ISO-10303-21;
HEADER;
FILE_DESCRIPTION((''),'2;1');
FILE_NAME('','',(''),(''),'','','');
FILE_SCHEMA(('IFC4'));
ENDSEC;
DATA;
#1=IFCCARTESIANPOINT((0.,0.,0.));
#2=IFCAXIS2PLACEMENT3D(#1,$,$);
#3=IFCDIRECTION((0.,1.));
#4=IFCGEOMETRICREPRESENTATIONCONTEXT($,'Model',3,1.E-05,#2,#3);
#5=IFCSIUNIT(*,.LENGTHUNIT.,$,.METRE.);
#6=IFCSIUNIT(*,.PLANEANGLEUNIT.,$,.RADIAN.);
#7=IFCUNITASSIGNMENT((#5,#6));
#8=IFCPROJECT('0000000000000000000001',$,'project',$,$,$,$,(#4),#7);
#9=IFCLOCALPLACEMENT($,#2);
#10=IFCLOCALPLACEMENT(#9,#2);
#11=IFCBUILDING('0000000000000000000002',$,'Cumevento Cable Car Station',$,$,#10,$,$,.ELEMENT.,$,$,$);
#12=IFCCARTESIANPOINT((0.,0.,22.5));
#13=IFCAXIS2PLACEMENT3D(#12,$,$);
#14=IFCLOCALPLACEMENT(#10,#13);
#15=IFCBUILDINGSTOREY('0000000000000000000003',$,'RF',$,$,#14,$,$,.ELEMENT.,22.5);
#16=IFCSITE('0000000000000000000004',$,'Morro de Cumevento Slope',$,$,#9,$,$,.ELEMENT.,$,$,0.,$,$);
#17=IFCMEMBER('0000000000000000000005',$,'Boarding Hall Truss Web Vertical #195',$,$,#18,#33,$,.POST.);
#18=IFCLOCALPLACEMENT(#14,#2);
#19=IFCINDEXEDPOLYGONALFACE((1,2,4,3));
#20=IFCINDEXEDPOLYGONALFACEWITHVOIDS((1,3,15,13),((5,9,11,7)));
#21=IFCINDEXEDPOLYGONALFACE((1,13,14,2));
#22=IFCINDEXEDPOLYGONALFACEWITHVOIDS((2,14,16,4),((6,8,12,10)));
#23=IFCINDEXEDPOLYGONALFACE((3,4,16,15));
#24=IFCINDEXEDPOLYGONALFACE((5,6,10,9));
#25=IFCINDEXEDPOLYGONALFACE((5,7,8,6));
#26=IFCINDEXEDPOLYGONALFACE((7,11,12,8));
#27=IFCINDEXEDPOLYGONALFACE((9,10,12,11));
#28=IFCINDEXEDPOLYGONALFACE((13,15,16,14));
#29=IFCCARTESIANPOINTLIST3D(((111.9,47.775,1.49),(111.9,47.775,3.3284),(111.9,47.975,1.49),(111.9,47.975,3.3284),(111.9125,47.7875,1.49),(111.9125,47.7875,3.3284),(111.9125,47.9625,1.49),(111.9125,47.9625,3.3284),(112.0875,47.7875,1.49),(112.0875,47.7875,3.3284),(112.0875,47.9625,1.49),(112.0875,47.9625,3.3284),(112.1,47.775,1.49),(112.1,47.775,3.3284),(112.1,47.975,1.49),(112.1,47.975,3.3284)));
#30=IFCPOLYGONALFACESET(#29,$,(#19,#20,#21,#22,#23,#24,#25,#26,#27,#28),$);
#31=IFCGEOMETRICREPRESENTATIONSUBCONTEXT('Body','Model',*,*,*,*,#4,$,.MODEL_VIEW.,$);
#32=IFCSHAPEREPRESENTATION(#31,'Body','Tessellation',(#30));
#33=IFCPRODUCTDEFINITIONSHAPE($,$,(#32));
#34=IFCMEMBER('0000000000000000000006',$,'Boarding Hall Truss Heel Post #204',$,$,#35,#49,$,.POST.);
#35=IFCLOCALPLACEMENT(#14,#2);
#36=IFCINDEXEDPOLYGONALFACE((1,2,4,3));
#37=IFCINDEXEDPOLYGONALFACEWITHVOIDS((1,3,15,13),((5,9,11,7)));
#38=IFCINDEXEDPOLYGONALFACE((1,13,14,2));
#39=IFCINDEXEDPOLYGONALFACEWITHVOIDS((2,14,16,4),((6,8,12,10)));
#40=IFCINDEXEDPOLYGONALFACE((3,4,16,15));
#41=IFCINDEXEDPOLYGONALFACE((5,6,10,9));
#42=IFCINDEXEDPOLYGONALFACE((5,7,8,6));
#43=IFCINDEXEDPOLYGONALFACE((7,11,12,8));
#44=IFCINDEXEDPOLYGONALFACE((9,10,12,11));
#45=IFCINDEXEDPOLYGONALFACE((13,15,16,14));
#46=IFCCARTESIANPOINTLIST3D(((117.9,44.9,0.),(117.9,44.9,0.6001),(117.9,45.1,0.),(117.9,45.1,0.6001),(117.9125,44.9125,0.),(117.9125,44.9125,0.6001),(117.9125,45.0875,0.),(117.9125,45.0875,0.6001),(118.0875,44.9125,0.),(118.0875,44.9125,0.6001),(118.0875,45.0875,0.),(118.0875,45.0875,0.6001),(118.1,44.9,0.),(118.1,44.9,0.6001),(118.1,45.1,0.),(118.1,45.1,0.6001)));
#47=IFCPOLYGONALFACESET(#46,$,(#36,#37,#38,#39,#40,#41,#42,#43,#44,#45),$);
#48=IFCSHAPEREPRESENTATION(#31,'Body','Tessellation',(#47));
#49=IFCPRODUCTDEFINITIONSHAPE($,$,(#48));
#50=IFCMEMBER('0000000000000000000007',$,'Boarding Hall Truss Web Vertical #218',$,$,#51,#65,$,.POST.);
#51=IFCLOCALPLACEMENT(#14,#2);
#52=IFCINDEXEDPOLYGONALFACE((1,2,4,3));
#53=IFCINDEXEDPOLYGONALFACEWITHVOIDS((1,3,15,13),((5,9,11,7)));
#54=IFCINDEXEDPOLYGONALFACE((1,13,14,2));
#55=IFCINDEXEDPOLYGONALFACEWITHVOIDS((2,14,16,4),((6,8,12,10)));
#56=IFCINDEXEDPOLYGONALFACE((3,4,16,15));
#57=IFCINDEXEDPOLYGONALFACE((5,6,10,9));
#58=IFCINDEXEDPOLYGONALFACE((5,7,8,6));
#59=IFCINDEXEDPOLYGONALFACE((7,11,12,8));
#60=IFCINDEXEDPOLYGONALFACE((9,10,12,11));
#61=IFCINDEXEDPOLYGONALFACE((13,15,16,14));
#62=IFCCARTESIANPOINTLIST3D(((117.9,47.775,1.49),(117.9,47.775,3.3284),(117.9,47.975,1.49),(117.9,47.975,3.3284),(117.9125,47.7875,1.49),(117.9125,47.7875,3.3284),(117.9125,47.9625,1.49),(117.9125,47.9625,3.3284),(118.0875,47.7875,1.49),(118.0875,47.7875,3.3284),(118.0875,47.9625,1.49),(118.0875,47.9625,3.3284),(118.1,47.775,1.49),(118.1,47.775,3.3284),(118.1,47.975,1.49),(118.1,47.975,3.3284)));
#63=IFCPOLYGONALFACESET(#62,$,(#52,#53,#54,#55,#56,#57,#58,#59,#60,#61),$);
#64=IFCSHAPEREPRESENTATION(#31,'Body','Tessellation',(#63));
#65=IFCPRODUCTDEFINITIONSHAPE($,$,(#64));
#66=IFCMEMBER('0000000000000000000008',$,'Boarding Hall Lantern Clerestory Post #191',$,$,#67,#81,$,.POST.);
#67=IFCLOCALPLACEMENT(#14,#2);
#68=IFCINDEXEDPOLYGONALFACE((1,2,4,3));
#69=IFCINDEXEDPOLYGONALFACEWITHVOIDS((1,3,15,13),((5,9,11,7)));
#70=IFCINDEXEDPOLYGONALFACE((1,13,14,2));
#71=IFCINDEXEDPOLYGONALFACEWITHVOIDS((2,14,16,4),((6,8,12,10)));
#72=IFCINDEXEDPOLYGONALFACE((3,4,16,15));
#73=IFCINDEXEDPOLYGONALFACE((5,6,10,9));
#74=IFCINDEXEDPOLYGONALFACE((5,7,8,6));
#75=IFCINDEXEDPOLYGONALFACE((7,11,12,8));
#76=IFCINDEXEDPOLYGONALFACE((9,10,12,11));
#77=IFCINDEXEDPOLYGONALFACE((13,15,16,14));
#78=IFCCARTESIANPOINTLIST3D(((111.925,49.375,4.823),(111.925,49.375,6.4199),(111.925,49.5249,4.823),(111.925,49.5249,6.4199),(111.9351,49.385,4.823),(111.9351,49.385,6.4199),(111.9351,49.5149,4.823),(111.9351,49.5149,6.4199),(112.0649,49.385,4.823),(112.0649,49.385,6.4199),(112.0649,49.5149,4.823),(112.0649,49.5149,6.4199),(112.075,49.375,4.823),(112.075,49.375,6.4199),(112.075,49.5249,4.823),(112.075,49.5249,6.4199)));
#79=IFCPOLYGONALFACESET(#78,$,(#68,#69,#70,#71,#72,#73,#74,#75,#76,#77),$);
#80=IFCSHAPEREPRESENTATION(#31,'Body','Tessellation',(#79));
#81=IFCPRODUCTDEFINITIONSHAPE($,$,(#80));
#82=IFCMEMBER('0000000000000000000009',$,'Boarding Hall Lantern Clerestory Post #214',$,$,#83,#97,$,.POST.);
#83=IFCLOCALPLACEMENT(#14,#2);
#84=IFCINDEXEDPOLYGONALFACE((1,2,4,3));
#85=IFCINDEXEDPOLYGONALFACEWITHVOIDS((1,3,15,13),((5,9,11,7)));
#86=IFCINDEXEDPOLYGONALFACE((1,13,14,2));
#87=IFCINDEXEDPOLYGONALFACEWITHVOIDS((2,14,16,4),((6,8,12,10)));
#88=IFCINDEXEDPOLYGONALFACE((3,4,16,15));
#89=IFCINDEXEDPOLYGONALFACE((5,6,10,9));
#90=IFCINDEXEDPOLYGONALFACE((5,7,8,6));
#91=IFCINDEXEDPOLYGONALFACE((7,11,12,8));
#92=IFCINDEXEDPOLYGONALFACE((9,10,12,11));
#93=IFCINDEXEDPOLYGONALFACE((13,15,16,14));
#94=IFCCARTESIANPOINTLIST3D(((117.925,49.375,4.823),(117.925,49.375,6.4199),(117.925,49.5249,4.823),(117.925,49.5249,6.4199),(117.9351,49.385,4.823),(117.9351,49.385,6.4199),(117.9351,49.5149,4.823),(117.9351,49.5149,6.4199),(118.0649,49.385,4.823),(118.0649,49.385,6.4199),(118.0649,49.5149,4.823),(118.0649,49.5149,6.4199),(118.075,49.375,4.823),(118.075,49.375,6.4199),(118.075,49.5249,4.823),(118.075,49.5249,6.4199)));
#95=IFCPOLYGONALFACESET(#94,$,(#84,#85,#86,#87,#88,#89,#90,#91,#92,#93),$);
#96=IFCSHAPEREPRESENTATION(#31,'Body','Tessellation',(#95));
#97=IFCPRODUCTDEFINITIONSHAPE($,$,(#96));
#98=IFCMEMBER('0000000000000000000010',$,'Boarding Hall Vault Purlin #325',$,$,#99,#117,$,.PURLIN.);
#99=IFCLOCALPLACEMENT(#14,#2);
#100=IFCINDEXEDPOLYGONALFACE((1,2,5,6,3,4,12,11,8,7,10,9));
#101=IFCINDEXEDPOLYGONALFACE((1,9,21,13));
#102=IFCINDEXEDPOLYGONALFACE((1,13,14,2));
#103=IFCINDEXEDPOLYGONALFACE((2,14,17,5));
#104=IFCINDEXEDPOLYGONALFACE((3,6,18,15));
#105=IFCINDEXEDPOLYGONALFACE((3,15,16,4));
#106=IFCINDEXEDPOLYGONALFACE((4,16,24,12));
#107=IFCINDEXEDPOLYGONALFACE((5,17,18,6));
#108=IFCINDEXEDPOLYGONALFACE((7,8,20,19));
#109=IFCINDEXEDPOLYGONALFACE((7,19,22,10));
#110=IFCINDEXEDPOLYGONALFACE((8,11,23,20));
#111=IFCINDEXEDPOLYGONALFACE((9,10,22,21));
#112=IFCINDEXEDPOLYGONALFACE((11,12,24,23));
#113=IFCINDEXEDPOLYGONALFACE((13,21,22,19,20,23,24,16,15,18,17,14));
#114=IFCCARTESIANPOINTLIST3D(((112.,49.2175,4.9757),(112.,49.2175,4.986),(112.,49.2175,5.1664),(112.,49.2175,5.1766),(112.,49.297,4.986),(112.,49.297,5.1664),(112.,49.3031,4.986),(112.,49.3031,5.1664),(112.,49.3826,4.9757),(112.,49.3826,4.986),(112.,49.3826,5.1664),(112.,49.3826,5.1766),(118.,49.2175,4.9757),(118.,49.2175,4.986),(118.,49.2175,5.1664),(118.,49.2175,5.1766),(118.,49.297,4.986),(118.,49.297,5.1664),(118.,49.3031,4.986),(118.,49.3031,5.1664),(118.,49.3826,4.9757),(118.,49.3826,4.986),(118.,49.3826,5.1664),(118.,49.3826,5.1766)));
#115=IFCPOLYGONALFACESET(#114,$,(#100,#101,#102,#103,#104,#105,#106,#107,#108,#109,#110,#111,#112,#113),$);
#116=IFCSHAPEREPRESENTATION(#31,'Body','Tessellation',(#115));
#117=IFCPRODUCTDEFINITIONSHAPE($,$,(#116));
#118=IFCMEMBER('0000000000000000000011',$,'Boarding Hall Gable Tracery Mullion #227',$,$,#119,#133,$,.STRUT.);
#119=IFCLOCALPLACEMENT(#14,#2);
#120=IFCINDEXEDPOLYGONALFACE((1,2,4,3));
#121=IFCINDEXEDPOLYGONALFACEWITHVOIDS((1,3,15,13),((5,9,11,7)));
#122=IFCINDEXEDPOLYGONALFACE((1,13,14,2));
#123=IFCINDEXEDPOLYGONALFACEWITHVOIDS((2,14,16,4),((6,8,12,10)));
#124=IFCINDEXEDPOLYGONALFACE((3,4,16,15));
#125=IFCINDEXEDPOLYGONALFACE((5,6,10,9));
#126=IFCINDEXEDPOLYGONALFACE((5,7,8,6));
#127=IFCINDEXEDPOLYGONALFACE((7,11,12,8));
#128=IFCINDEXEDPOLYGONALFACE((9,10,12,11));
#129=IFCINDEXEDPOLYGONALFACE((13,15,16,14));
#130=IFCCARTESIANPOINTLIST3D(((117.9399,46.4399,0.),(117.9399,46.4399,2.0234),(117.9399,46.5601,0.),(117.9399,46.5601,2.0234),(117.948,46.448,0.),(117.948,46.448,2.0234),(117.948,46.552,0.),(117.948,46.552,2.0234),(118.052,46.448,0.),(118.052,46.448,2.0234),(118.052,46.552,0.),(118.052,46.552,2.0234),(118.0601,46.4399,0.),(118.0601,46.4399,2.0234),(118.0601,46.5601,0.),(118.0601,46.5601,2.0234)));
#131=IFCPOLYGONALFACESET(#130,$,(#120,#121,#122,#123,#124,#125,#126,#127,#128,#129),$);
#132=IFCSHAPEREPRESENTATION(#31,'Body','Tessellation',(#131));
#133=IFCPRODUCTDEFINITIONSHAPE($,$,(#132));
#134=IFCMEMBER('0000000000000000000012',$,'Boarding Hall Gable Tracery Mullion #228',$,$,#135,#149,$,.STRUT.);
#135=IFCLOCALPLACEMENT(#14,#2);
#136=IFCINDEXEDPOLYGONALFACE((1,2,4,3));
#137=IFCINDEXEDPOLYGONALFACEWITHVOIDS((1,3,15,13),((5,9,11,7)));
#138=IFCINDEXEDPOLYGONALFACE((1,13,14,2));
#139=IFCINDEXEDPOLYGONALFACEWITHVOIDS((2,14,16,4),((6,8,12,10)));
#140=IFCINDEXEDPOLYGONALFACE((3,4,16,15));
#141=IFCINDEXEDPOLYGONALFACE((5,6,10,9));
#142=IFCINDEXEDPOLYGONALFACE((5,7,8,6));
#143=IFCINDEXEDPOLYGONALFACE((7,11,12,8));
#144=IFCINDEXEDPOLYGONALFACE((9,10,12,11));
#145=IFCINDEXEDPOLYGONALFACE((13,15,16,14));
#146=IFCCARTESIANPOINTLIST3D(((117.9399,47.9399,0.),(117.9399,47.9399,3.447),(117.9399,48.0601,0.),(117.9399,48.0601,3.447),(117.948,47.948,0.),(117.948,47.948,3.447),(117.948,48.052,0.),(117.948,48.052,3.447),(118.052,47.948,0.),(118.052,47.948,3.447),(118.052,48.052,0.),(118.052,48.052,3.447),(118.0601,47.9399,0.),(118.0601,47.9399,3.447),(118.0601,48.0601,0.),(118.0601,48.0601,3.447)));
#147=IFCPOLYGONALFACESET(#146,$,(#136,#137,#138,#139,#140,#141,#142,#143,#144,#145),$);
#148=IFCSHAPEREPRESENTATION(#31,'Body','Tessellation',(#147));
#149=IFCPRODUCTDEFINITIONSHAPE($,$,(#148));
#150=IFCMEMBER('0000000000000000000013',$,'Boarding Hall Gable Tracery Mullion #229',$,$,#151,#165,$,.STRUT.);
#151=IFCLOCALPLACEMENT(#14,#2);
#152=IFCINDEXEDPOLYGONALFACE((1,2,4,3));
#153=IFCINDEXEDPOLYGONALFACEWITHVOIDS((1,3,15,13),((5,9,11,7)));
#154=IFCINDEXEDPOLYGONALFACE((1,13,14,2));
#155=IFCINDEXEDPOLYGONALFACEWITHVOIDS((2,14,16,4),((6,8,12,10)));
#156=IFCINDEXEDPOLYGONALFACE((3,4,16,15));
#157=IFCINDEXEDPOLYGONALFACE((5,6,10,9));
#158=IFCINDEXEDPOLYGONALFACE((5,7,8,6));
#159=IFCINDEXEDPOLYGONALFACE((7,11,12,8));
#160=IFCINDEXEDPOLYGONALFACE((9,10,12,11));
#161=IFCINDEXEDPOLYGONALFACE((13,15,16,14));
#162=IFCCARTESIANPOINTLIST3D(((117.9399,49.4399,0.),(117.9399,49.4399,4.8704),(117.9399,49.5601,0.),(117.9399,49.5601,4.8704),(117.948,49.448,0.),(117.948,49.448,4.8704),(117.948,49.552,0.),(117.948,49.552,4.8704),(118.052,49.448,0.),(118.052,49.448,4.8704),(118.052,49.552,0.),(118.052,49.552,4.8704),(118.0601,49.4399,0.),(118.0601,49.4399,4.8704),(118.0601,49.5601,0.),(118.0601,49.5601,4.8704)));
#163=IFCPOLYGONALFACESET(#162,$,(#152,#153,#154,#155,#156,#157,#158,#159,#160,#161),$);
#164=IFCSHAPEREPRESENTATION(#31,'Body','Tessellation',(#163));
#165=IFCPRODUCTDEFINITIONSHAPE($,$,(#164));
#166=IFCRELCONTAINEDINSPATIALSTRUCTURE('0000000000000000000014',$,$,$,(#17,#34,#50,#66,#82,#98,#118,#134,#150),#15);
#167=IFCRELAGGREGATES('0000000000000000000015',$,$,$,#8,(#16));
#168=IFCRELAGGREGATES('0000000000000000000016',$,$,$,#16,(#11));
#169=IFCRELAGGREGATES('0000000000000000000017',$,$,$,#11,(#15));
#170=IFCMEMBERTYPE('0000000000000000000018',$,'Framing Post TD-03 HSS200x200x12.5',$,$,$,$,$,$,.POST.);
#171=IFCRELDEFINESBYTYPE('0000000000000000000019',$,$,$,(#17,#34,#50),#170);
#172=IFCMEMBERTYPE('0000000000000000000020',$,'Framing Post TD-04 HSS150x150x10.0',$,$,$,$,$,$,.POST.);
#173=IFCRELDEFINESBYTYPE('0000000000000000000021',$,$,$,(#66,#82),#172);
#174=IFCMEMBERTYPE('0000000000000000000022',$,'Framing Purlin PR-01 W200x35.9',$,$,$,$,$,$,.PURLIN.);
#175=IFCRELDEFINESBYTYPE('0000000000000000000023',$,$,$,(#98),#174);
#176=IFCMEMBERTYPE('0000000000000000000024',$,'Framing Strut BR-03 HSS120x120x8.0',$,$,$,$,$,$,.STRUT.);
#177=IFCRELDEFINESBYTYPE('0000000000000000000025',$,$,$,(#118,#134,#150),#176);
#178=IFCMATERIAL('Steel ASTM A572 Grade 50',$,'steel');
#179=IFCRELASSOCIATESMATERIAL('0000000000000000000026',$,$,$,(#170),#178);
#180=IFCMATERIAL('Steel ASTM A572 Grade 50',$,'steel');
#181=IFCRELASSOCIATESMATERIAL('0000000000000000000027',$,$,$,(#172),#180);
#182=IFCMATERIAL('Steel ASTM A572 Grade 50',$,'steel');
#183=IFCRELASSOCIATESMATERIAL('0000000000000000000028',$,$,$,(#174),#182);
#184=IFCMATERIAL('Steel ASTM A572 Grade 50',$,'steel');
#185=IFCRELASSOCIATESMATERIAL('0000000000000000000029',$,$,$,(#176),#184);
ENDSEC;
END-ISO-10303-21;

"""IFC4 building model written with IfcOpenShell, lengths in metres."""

from ifc_helpers import new_model, si_unit, direction, frame, origin, origin_2d, place, context, subcontext, project, spatial, hollow_rectangle, i_section, extrude, material, material_profile, profile_set, type_object, element, save


model = new_model("IFC4")

# Units and contexts
model_context = context("Model", 3, precision=1e-05, world=origin(), true_north=direction((0.0, 1.0)))
body_context = subcontext(model_context, "Body", "Model", "MODEL_VIEW")
ifc_project = project(units=[si_unit("LENGTHUNIT", "METRE"), si_unit("PLANEANGLEUNIT", "RADIAN")], contexts=[model_context])

# Site, building, storey
site_placement = place(None, origin())
site = spatial("IfcSite", under=ifc_project, at=site_placement, Name="Morro de Cumevento Slope", CompositionType="ELEMENT", RefElevation=0.0)
building_placement = place(site_placement, origin())
building = spatial("IfcBuilding", under=site, at=building_placement, Name="Cumevento Cable Car Station", CompositionType="ELEMENT")
storey_placement = place(building_placement, frame((0.0, 0.0, 22.5)))
storey = spatial("IfcBuildingStorey", under=building, at=storey_placement, Name="RF", CompositionType="ELEMENT", Elevation=22.5)

# Members
ifc_material_1 = material(Name="Steel ASTM A572 Grade 50", Category="steel")
ifc_material_profile_1 = material_profile(ifc_material_1, hollow_rectangle(XDim=0.2, YDim=0.2, WallThickness=0.0125, at=origin_2d()), Name="HSS200x200x12.5")
ifc_profile_set_1 = profile_set([ifc_material_profile_1], Name="Steel ASTM A572 Grade 50")
member_type_1 = type_object("IfcMemberType", Name="Framing Post TD-03 HSS200x200x12.5", PredefinedType="POST", material=ifc_profile_set_1)
member_1_placement = place(storey_placement, frame((112.0, 47.875, 1.49), z_axis=(0.0, 0.0, 1.0), x_axis=(1.0, 0.0, 0.0)))
element("IfcMember", 1, at=member_1_placement, inside=storey, type_object=member_type_1, Name="Boarding Hall Truss Web Vertical #195", PredefinedType="POST", context=body_context, shape_type="SweptSolid", body=[
    extrude(hollow_rectangle(XDim=0.2, YDim=0.2, WallThickness=0.0125, at=origin_2d()), origin(), (0.0, 0.0, 1.0), 1.8384),
])
member_2_placement = place(storey_placement, frame((118.0, 45.0, 0.0), z_axis=(0.0, 0.0, 1.0), x_axis=(1.0, 0.0, 0.0)))
element("IfcMember", 2, at=member_2_placement, inside=storey, type_object=member_type_1, Name="Boarding Hall Truss Heel Post #204", PredefinedType="POST", context=body_context, shape_type="SweptSolid", body=[
    extrude(hollow_rectangle(XDim=0.2, YDim=0.2, WallThickness=0.0125, at=origin_2d()), origin(), (0.0, 0.0, 1.0), 0.6001),
])
member_3_placement = place(storey_placement, frame((118.0, 47.875, 1.49), z_axis=(0.0, 0.0, 1.0), x_axis=(1.0, 0.0, 0.0)))
element("IfcMember", 3, at=member_3_placement, inside=storey, type_object=member_type_1, Name="Boarding Hall Truss Web Vertical #218", PredefinedType="POST", context=body_context, shape_type="SweptSolid", body=[
    extrude(hollow_rectangle(XDim=0.2, YDim=0.2, WallThickness=0.0125, at=origin_2d()), origin(), (0.0, 0.0, 1.0), 1.8384),
])
ifc_material_2 = material(Name="Steel ASTM A572 Grade 50", Category="steel")
ifc_material_profile_2 = material_profile(ifc_material_2, hollow_rectangle(XDim=0.1499, YDim=0.1499, WallThickness=0.01, at=origin_2d()), Name="HSS150x150x10.0")
ifc_profile_set_2 = profile_set([ifc_material_profile_2], Name="Steel ASTM A572 Grade 50")
member_type_2 = type_object("IfcMemberType", Name="Framing Post TD-04 HSS150x150x10.0", PredefinedType="POST", material=ifc_profile_set_2)
for number, where, z_axis, x_axis, name in (
    (4, (112.0, 49.45, 4.823), (0.0, 0.0, 1.0), (1.0, 0.0, 0.0), "Boarding Hall Lantern Clerestory Post #191"),
    (5, (118.0, 49.45, 4.823), (0.0, 0.0, 1.0), (1.0, 0.0, 0.0), "Boarding Hall Lantern Clerestory Post #214"),
):
    element("IfcMember", number, at=place(storey_placement, frame(where, z_axis=z_axis, x_axis=x_axis)), inside=storey, type_object=member_type_2, Name=name, PredefinedType="POST", context=body_context, shape_type="SweptSolid", body=[
        extrude(hollow_rectangle(XDim=0.1499, YDim=0.1499, WallThickness=0.01, at=origin_2d()), origin(), (0.0, 0.0, 1.0), 1.5969),
    ])
ifc_material_3 = material(Name="Steel ASTM A572 Grade 50", Category="steel")
ifc_material_profile_3 = material_profile(ifc_material_3, i_section(OverallWidth=0.165, OverallDepth=0.2009, WebThickness=0.0061, FlangeThickness=0.0103, at=origin_2d()), Name="W200x35.9")
ifc_profile_set_3 = profile_set([ifc_material_profile_3], Name="Steel ASTM A572 Grade 50")
member_type_3 = type_object("IfcMemberType", Name="Framing Purlin PR-01 W200x35.9", PredefinedType="PURLIN", material=ifc_profile_set_3)
member_4_placement = place(storey_placement, frame((112.0, 49.3, 5.0762), z_axis=(1.0, 0.0, 0.0), x_axis=(0.0, 1.0, 0.0)))
element("IfcMember", 6, at=member_4_placement, inside=storey, type_object=member_type_3, Name="Boarding Hall Vault Purlin #325", PredefinedType="PURLIN", context=body_context, shape_type="SweptSolid", body=[
    extrude(i_section(OverallWidth=0.165, OverallDepth=0.2009, WebThickness=0.0061, FlangeThickness=0.0103, at=origin_2d()), origin(), (0.0, 0.0, 1.0), 6.0),
])
ifc_material_4 = material(Name="Steel ASTM A572 Grade 50", Category="steel")
ifc_material_profile_4 = material_profile(ifc_material_4, hollow_rectangle(XDim=0.1201, YDim=0.1201, WallThickness=0.0081, at=origin_2d()), Name="HSS120x120x8.0")
ifc_profile_set_4 = profile_set([ifc_material_profile_4], Name="Steel ASTM A572 Grade 50")
member_type_4 = type_object("IfcMemberType", Name="Framing Strut BR-03 HSS120x120x8.0", PredefinedType="STRUT", material=ifc_profile_set_4)
member_5_placement = place(storey_placement, frame((118.0, 46.5, 0.0), z_axis=(0.0, 0.0, 1.0), x_axis=(1.0, 0.0, 0.0)))
element("IfcMember", 7, at=member_5_placement, inside=storey, type_object=member_type_4, Name="Boarding Hall Gable Tracery Mullion #227", PredefinedType="STRUT", context=body_context, shape_type="SweptSolid", body=[
    extrude(hollow_rectangle(XDim=0.1201, YDim=0.1201, WallThickness=0.0081, at=origin_2d()), origin(), (0.0, 0.0, 1.0), 2.0234),
])
member_6_placement = place(storey_placement, frame((118.0, 48.0, 0.0), z_axis=(0.0, 0.0, 1.0), x_axis=(1.0, 0.0, 0.0)))
element("IfcMember", 8, at=member_6_placement, inside=storey, type_object=member_type_4, Name="Boarding Hall Gable Tracery Mullion #228", PredefinedType="STRUT", context=body_context, shape_type="SweptSolid", body=[
    extrude(hollow_rectangle(XDim=0.1201, YDim=0.1201, WallThickness=0.0081, at=origin_2d()), origin(), (0.0, 0.0, 1.0), 3.447),
])
member_7_placement = place(storey_placement, frame((118.0, 49.5, 0.0), z_axis=(0.0, 0.0, 1.0), x_axis=(1.0, 0.0, 0.0)))
element("IfcMember", 9, at=member_7_placement, inside=storey, type_object=member_type_4, Name="Boarding Hall Gable Tracery Mullion #229", PredefinedType="STRUT", context=body_context, shape_type="SweptSolid", body=[
    extrude(hollow_rectangle(XDim=0.1201, YDim=0.1201, WallThickness=0.0081, at=origin_2d()), origin(), (0.0, 0.0, 1.0), 4.8704),
])

save(model, "model.ifc")
